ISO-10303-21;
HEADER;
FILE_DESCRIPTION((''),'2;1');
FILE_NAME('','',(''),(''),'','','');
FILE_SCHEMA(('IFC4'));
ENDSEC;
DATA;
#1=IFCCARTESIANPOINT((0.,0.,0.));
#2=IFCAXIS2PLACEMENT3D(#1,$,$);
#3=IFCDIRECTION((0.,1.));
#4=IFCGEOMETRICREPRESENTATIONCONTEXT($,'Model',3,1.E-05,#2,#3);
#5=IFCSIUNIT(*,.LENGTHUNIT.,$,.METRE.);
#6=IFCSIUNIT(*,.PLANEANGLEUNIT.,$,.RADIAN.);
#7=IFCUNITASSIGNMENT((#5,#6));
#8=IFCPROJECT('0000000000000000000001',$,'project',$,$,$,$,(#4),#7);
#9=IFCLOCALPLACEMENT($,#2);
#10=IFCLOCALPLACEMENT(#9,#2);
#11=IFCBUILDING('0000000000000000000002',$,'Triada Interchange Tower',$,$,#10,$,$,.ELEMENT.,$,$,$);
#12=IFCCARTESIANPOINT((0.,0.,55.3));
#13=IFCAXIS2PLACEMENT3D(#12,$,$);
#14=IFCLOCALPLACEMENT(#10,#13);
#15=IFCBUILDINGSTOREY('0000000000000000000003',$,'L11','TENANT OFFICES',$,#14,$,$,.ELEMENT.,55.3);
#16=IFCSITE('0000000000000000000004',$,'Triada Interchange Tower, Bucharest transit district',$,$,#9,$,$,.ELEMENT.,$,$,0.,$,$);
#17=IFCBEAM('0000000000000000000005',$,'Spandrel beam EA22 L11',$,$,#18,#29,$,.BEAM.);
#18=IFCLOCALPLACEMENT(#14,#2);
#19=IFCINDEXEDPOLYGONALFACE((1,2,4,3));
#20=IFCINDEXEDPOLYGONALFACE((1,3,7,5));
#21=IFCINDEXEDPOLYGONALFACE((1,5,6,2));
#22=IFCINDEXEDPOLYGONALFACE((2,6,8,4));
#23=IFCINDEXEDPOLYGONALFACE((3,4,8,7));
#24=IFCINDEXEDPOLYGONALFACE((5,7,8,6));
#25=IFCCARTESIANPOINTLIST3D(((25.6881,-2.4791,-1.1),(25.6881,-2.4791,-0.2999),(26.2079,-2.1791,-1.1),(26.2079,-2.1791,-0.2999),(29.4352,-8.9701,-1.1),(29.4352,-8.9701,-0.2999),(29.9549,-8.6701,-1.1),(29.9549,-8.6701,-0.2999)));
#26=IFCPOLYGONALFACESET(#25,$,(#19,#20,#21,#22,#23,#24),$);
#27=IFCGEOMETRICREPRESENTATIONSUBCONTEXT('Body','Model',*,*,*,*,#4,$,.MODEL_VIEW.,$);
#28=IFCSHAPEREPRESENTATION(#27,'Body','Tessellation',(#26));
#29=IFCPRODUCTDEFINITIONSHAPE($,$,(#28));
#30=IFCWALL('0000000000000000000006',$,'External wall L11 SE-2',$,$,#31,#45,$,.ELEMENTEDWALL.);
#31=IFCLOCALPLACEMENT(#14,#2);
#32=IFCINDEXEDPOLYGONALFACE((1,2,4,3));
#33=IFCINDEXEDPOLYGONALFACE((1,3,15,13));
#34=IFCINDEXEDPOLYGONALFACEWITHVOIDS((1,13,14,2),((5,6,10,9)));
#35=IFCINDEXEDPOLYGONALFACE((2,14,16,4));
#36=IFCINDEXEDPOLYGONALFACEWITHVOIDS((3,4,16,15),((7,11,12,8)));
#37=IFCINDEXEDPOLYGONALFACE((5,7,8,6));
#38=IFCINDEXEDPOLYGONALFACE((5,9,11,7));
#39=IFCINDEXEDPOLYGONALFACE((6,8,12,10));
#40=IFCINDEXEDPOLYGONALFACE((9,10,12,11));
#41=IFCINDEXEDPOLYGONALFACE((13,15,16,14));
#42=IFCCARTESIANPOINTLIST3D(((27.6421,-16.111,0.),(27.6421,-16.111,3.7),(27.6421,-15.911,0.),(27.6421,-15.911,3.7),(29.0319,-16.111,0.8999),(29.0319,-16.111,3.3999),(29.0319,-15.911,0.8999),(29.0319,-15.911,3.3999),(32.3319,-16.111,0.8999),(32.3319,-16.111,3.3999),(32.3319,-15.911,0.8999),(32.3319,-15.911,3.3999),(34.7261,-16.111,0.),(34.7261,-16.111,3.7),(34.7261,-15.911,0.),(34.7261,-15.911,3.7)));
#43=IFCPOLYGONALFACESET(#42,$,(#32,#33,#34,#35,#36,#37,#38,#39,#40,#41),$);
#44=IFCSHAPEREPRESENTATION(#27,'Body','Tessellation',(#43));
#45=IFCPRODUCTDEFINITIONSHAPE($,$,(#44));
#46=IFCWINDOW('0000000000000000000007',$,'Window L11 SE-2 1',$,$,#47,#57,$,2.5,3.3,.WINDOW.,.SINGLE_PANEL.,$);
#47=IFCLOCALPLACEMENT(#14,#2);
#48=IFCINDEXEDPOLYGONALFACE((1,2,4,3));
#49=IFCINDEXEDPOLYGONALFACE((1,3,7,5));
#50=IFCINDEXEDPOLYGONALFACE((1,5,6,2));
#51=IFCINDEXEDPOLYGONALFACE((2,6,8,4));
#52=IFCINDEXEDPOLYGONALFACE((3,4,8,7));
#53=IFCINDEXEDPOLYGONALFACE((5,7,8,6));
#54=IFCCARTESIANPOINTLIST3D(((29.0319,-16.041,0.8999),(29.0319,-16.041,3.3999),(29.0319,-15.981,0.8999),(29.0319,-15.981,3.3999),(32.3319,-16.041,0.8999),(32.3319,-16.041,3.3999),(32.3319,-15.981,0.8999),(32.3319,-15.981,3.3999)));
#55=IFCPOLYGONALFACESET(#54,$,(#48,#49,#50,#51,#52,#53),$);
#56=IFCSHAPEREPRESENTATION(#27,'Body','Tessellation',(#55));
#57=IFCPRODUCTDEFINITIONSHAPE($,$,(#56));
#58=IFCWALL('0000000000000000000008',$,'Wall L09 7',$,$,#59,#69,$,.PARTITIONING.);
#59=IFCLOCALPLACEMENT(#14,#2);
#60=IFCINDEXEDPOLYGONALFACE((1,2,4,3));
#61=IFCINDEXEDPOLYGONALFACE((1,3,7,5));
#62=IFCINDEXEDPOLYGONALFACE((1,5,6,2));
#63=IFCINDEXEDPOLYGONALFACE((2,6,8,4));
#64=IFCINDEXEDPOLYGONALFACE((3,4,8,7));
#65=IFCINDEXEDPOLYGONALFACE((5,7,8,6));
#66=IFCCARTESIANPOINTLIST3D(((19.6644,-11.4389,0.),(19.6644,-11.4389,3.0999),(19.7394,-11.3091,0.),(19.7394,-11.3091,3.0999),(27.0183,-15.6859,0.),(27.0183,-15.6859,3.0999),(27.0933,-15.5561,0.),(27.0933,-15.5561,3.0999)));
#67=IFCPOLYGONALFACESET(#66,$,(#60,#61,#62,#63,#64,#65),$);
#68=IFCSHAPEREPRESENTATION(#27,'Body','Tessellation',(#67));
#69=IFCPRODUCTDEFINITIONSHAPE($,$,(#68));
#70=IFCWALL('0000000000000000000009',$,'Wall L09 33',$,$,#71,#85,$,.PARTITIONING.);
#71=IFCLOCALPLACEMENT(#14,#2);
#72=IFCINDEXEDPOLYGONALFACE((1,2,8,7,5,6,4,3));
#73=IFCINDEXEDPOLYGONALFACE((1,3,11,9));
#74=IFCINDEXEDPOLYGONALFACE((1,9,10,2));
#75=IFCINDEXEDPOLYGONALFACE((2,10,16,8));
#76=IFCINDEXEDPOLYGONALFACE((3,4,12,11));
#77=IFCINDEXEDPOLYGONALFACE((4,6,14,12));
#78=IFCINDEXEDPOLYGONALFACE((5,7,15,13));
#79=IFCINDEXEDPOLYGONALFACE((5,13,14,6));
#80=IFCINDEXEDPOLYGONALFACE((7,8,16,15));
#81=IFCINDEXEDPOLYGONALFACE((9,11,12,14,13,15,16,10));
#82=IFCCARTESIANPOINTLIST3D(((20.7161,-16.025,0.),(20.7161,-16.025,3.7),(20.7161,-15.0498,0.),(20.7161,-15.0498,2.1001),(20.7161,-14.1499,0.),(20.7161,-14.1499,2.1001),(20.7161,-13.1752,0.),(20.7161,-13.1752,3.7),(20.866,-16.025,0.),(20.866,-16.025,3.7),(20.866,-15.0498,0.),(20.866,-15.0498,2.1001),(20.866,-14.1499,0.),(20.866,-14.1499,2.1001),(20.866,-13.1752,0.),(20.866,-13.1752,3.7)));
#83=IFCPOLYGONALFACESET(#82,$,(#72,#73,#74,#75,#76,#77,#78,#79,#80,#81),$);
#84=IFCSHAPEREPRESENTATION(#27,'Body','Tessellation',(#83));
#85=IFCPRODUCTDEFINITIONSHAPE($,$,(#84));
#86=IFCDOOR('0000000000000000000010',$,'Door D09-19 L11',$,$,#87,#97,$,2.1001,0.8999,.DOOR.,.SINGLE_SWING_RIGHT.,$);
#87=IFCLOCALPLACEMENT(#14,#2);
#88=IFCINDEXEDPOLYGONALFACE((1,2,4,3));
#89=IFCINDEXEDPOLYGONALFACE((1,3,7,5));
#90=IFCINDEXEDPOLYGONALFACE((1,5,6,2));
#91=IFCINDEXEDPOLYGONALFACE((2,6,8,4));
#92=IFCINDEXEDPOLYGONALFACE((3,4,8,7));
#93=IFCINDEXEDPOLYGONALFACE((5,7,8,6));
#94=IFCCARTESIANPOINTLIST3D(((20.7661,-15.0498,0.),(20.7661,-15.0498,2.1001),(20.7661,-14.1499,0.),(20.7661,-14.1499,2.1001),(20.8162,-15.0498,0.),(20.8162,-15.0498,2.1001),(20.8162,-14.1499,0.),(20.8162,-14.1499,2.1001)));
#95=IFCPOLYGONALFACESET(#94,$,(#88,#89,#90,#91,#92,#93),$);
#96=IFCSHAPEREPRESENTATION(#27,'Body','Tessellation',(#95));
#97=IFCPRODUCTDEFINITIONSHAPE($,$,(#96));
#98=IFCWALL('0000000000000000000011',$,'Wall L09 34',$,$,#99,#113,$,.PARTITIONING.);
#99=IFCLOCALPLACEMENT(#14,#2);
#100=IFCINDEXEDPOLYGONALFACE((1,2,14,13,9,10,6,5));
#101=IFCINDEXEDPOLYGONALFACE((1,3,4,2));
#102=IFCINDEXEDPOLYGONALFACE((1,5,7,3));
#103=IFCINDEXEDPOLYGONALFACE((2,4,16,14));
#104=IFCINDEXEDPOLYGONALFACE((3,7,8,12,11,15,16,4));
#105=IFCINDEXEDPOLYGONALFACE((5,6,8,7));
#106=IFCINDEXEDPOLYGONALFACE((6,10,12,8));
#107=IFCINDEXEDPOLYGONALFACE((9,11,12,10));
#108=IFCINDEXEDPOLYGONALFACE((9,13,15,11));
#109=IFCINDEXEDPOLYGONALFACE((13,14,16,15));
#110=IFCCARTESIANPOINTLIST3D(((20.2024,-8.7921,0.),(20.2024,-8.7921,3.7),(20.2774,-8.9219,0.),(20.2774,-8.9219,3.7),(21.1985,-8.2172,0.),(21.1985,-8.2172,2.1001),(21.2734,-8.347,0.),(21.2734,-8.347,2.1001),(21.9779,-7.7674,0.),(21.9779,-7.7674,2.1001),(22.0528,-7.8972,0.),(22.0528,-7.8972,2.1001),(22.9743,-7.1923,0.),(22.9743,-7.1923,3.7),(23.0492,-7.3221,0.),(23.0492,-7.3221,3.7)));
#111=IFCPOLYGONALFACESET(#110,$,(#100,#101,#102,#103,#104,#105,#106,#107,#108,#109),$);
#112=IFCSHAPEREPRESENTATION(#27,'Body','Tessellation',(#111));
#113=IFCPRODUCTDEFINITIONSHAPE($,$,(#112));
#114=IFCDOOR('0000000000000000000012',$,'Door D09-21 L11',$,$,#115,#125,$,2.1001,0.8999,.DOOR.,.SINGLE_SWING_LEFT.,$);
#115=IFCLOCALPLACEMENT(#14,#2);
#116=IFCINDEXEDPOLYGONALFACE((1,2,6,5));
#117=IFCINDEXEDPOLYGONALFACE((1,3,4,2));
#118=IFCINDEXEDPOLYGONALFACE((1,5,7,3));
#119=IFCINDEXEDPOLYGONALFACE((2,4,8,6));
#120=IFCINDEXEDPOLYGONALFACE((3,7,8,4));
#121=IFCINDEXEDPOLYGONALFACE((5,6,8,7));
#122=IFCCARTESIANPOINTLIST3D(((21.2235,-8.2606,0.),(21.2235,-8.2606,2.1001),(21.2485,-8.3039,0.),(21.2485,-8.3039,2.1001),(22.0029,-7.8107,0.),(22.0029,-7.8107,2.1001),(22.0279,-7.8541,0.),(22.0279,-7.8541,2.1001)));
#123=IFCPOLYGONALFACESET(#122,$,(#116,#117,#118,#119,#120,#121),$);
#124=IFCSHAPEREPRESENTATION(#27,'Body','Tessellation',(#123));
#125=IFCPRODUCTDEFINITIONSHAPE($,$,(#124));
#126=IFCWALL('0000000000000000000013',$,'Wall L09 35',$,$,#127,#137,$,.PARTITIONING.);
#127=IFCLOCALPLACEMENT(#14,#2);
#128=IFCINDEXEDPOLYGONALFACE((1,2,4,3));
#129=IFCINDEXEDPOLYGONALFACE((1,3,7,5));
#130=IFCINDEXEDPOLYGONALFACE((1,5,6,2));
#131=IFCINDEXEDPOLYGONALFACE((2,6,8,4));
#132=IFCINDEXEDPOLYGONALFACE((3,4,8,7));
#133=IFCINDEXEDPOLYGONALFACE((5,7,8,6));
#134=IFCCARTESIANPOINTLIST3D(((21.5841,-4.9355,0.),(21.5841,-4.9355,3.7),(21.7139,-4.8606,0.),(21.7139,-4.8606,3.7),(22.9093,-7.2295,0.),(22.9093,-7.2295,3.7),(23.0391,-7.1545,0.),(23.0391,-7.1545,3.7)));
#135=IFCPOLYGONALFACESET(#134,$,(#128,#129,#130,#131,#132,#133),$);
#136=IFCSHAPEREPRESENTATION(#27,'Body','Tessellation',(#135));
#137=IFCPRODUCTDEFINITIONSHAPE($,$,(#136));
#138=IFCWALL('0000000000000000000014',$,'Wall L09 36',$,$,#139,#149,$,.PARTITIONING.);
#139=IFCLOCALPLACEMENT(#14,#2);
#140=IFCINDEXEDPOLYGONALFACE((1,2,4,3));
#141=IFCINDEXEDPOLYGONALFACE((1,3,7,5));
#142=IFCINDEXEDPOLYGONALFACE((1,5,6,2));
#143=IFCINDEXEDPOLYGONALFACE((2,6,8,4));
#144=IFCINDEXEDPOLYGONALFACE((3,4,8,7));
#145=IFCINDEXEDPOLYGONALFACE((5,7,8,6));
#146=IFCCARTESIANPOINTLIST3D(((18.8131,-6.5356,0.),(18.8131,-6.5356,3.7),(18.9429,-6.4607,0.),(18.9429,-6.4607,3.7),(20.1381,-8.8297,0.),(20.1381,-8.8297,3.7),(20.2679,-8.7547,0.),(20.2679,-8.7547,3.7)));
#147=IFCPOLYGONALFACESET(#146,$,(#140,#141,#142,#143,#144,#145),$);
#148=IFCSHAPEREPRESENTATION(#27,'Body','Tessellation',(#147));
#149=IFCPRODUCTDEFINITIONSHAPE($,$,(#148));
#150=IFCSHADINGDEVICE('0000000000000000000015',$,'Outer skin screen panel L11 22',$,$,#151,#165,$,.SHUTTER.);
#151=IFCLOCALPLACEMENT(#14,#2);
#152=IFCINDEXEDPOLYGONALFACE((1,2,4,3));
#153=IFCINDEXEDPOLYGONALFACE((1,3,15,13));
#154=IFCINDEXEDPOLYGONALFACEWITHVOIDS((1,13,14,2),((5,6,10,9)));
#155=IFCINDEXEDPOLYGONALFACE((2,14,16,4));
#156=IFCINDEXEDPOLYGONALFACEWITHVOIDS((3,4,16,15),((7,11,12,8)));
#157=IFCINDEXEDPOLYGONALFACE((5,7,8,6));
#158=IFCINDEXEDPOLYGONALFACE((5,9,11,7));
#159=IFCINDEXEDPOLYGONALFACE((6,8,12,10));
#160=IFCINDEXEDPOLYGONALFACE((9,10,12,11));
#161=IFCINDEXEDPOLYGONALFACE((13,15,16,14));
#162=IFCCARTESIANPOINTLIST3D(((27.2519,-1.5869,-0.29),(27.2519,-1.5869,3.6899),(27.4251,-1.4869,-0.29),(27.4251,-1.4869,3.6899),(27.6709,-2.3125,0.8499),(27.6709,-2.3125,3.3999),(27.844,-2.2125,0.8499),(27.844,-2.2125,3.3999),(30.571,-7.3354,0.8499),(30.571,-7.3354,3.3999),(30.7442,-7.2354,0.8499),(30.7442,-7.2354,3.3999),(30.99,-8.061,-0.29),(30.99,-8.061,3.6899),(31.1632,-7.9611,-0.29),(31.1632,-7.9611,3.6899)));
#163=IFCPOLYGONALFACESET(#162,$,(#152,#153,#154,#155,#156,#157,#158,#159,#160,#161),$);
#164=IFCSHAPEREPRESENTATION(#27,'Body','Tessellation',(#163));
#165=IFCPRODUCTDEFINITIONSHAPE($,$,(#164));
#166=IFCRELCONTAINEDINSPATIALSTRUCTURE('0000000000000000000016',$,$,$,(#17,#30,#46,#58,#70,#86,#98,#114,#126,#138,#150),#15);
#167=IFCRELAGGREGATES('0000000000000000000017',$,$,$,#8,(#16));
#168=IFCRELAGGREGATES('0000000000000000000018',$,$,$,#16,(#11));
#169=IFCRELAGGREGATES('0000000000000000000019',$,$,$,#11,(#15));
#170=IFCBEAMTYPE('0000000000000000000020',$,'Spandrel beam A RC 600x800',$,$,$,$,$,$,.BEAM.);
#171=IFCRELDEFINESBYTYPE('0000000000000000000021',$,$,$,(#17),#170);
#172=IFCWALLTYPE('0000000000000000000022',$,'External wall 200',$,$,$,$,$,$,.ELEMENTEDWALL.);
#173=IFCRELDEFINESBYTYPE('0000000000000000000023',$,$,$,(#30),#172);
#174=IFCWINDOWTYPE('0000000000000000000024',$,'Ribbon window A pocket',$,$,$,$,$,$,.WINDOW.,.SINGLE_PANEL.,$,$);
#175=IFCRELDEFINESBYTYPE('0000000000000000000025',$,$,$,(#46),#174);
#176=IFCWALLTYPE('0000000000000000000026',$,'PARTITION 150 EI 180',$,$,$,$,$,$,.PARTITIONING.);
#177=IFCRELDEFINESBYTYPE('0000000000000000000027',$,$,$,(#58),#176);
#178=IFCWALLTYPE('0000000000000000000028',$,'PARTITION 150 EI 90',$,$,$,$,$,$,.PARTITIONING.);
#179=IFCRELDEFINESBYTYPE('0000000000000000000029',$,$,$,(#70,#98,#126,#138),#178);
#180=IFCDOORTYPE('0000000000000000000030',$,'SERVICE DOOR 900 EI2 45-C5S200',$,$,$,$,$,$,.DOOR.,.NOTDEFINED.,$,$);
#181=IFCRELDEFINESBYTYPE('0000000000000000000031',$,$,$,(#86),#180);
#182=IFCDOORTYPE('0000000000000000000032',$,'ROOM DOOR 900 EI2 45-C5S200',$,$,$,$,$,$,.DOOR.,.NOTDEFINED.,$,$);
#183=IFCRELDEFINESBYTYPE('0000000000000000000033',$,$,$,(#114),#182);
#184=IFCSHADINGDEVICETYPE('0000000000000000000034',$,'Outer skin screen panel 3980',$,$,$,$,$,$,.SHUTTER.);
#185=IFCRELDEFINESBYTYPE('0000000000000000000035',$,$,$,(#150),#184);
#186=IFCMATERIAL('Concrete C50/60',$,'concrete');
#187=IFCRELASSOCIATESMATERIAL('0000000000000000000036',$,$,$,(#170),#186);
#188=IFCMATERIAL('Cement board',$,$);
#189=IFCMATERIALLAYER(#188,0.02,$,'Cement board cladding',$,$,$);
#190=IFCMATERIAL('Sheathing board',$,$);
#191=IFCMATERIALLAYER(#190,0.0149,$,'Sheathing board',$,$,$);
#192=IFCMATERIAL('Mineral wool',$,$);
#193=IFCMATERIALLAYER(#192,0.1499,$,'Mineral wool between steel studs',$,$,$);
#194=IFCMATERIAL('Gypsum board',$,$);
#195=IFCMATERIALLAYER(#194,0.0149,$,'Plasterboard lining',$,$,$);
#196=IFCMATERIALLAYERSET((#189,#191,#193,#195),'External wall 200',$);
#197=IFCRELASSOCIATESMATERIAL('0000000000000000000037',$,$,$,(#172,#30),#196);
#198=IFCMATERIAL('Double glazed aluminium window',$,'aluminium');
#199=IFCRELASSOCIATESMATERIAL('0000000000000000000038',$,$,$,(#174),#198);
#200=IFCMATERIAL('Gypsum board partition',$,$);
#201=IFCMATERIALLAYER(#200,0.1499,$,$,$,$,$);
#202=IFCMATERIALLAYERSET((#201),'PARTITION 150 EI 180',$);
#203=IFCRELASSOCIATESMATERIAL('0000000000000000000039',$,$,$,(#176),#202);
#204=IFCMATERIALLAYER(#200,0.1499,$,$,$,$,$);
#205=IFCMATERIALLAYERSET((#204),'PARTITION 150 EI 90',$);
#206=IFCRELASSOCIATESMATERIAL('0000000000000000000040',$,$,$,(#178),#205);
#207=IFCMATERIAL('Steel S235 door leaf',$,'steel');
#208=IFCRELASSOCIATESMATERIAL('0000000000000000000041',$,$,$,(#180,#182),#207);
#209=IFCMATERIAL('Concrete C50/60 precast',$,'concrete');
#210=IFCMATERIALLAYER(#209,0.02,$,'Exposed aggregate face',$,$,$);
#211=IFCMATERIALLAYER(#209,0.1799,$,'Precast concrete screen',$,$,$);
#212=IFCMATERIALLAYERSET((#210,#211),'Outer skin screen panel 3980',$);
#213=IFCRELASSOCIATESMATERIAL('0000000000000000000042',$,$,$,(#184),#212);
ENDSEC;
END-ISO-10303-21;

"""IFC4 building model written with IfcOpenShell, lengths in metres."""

from ifc_helpers import new_model, si_unit, direction, frame, frame_2d, origin, origin_2d, place, context, subcontext, project, spatial, polyline, rectangle, outline, extrude, material, layer, layer_set, layer_usage, material_profile, profile_set, type_object, element, fill, save


model = new_model("IFC4")

# Units and contexts
model_context = context("Model", 3, precision=1e-05, world=origin(), true_north=direction((0.0, 1.0)))
body_context = subcontext(model_context, "Body", "Model", "MODEL_VIEW")
ifc_project = project(units=[si_unit("LENGTHUNIT", "METRE"), si_unit("PLANEANGLEUNIT", "RADIAN")], contexts=[model_context])

# Site, building, storey
site_placement = place(None, origin())
site = spatial("IfcSite", under=ifc_project, at=site_placement, Name="Triada Interchange Tower, Bucharest transit district", CompositionType="ELEMENT", RefElevation=0.0)
building_placement = place(site_placement, origin())
building = spatial("IfcBuilding", under=site, at=building_placement, Name="Triada Interchange Tower", CompositionType="ELEMENT")
storey_placement = place(building_placement, frame((0.0, 0.0, 55.3)))
storey = spatial("IfcBuildingStorey", under=building, at=storey_placement, Name="L11", Description="TENANT OFFICES", CompositionType="ELEMENT", Elevation=55.3)

# Beam
ifc_material_1 = material(Name="Concrete C50/60", Category="concrete")
ifc_material_profile_1 = material_profile(ifc_material_1, rectangle(XDim=0.6001, YDim=0.8, at=origin_2d()), Name="RC 600x800")
ifc_profile_set_1 = profile_set([ifc_material_profile_1], Name="Concrete C50/60")
beam_type_1 = type_object("IfcBeamType", Name="Spandrel beam A RC 600x800", PredefinedType="BEAM", material=ifc_profile_set_1)
beam_1_placement = place(storey_placement, frame((29.6951, -8.8201, -0.7), z_axis=(-0.499951, 0.866054, 0.0), x_axis=(-0.866054, -0.499951, 0.0)))
element("IfcBeam", 1, at=beam_1_placement, inside=storey, type_object=beam_type_1, Name="Spandrel beam EA22 L11", PredefinedType="BEAM", context=body_context, shape_type="SweptSolid", body=[
    extrude(rectangle(XDim=0.6001, YDim=0.8, at=origin_2d()), origin(), (0.0, 0.0, 1.0), 7.4949),
])

# Wall, opening, window
ifc_material_2 = material(Name="Cement board")
ifc_layer_1 = layer(ifc_material_2, 0.02, Name="Cement board cladding")
ifc_material_3 = material(Name="Sheathing board")
ifc_layer_2 = layer(ifc_material_3, 0.0149, Name="Sheathing board")
ifc_material_4 = material(Name="Mineral wool")
ifc_layer_3 = layer(ifc_material_4, 0.1499, Name="Mineral wool between steel studs")
ifc_material_5 = material(Name="Gypsum board")
ifc_layer_4 = layer(ifc_material_5, 0.0149, Name="Plasterboard lining")
ifc_layer_set_1 = layer_set([ifc_layer_1, ifc_layer_2, ifc_layer_3, ifc_layer_4], Name="External wall 200")
ifc_layer_usage = layer_usage(ifc_layer_set_1, "AXIS2", "POSITIVE", -0.1001)
wall_type_1 = type_object("IfcWallType", Name="External wall 200", PredefinedType="ELEMENTEDWALL", material=ifc_layer_set_1)
wall_1_placement = place(storey_placement, frame((27.6421, -16.011, 0.0), z_axis=(0.0, 0.0, 1.0), x_axis=(1.0, 0.0, 0.0)))
wall_1 = element("IfcWall", 2, at=wall_1_placement, inside=storey, type_object=wall_type_1, material=ifc_layer_usage, Name="External wall L11 SE-2", PredefinedType="ELEMENTEDWALL", context=body_context, shape_type="SweptSolid", body=[
    extrude(rectangle(XDim=7.084, YDim=0.2, at=frame_2d((3.542, 0.0))), origin(), (0.0, 0.0, 1.0), 3.7),
])
opening_1_placement = place(wall_1_placement, frame((1.3899, 0.0, 0.8999)))
opening_1 = element("IfcOpeningElement", 3, at=opening_1_placement, cuts=wall_1, PredefinedType="OPENING", context=body_context, shape_type="SweptSolid", body=[
    extrude(rectangle(XDim=3.3, YDim=2.5, at=frame_2d((1.6499, 1.25))), frame((0.0, 0.1099, 0.0), z_axis=(0.0, -1.0, 0.0), x_axis=(1.0, 0.0, 0.0)), (0.0, 0.0, 1.0), 0.22),
])
ifc_material_6 = material(Name="Double glazed aluminium window", Category="aluminium")
window_type = type_object("IfcWindowType", Name="Ribbon window A pocket", PartitioningType="SINGLE_PANEL", PredefinedType="WINDOW", material=ifc_material_6)
window_placement = place(opening_1_placement, origin())
window = element("IfcWindow", 4, at=window_placement, inside=storey, type_object=window_type, Name="Window L11 SE-2 1", OverallHeight=2.5, OverallWidth=3.3, PartitioningType="SINGLE_PANEL", PredefinedType="WINDOW", context=body_context, shape_type="SweptSolid", body=[
    extrude(rectangle(XDim=3.3, YDim=2.5, at=frame_2d((1.6499, 1.25))), frame((0.0, 0.03, 0.0), z_axis=(0.0, -1.0, 0.0), x_axis=(1.0, 0.0, 0.0)), (0.0, 0.0, 1.0), 0.0601),
])
fill(opening_1, window)

# Wall
ifc_material_7 = material(Name="Gypsum board partition")
ifc_layer_5 = layer(ifc_material_7, 0.1499)
ifc_layer_set_2 = layer_set([ifc_layer_5], Name="PARTITION 150 EI 180")
wall_type_2 = type_object("IfcWallType", Name="PARTITION 150 EI 180", PredefinedType="PARTITIONING", material=ifc_layer_set_2)
wall_2_placement = place(storey_placement, frame((19.7019, -11.374, 0.0), z_axis=(0.0, 0.0, 1.0), x_axis=(0.865962, -0.500109, 0.0)))
element("IfcWall", 5, at=wall_2_placement, inside=storey, type_object=wall_type_2, Name="Wall L09 7", PredefinedType="PARTITIONING", context=body_context, shape_type="SweptSolid", body=[
    extrude(rectangle(XDim=8.4922, YDim=0.1499, at=frame_2d((4.2461, 0.0))), origin(), (0.0, 0.0, 1.0), 3.0999),
])

# Walls, openings, doors
ifc_layer_6 = layer(ifc_material_7, 0.1499)
ifc_layer_set_3 = layer_set([ifc_layer_6], Name="PARTITION 150 EI 90")
wall_type_3 = type_object("IfcWallType", Name="PARTITION 150 EI 90", PredefinedType="PARTITIONING", material=ifc_layer_set_3)
wall_3_placement = place(storey_placement, frame((20.791, -16.0249, 0.0), z_axis=(0.0, 0.0, 1.0), x_axis=(0.0, 1.0, 0.0)))
wall_3 = element("IfcWall", 6, at=wall_3_placement, inside=storey, type_object=wall_type_3, Name="Wall L09 33", PredefinedType="PARTITIONING", context=body_context, shape_type="SweptSolid", body=[
    extrude(rectangle(XDim=2.8499, YDim=0.1499, at=frame_2d((1.4248, 0.0))), origin(), (0.0, 0.0, 1.0), 3.7),
])
opening_2_placement = place(wall_3_placement, frame((0.9751, 0.0, 0.0)))
opening_2 = element("IfcOpeningElement", 7, at=opening_2_placement, cuts=wall_3, PredefinedType="OPENING", context=body_context, shape_type="SweptSolid", body=[
    extrude(rectangle(XDim=0.8999, YDim=2.1001, at=frame_2d((0.45, 1.05))), frame((0.0, 0.085, 0.0), z_axis=(0.0, -1.0, 0.0), x_axis=(1.0, 0.0, 0.0)), (0.0, 0.0, 1.0), 0.1699),
])
ifc_material_8 = material(Name="Steel S235 door leaf", Category="steel")
door_type_1 = type_object("IfcDoorType", Name="SERVICE DOOR 900 EI2 45-C5S200", OperationType="NOTDEFINED", PredefinedType="DOOR", material=ifc_material_8)
door_1_placement = place(opening_2_placement, origin())
door_1 = element("IfcDoor", 8, at=door_1_placement, inside=storey, type_object=door_type_1, Name="Door D09-19 L11", OperationType="SINGLE_SWING_RIGHT", OverallHeight=2.1001, OverallWidth=0.8999, PredefinedType="DOOR", context=body_context, shape_type="SweptSolid", body=[
    extrude(rectangle(XDim=0.8999, YDim=2.1001, at=frame_2d((0.45, 1.05))), frame((0.0, 0.0249, 0.0), z_axis=(0.0, -1.0, 0.0), x_axis=(1.0, 0.0, 0.0)), (0.0, 0.0, 1.0), 0.05),
])
fill(opening_2, door_1)
wall_4_placement = place(storey_placement, frame((20.24, -8.8569, 0.0), z_axis=(0.0, 0.0, 1.0), x_axis=(0.866099, 0.499872, 0.0)))
wall_4 = element("IfcWall", 9, at=wall_4_placement, inside=storey, type_object=wall_type_3, Name="Wall L09 34", PredefinedType="PARTITIONING", context=body_context, shape_type="SweptSolid", body=[
    extrude(rectangle(XDim=3.2004, YDim=0.1499, at=frame_2d((1.6001, 0.0))), origin(), (0.0, 0.0, 1.0), 3.7),
])
opening_3_placement = place(wall_4_placement, frame((1.1499, 0.0, 0.0)))
opening_3 = element("IfcOpeningElement", 10, at=opening_3_placement, cuts=wall_4, PredefinedType="OPENING", context=body_context, shape_type="SweptSolid", body=[
    extrude(rectangle(XDim=0.8999, YDim=2.1001, at=frame_2d((0.45, 1.05))), frame((0.0, 0.085, 0.0), z_axis=(0.0, -1.0, 0.0), x_axis=(1.0, 0.0, 0.0)), (0.0, 0.0, 1.0), 0.1699),
])
door_type_2 = type_object("IfcDoorType", Name="ROOM DOOR 900 EI2 45-C5S200", OperationType="NOTDEFINED", PredefinedType="DOOR", material=ifc_material_8)
door_2_placement = place(opening_3_placement, origin())
door_2 = element("IfcDoor", 11, at=door_2_placement, inside=storey, type_object=door_type_2, Name="Door D09-21 L11", OperationType="SINGLE_SWING_LEFT", OverallHeight=2.1001, OverallWidth=0.8999, PredefinedType="DOOR", context=body_context, shape_type="SweptSolid", body=[
    extrude(rectangle(XDim=0.8999, YDim=2.1001, at=frame_2d((0.45, 1.05))), frame((0.0, 0.0249, 0.0), z_axis=(0.0, -1.0, 0.0), x_axis=(1.0, 0.0, 0.0)), (0.0, 0.0, 1.0), 0.05),
])
fill(opening_3, door_2)

# Walls
for number, where, z_axis, x_axis, name in (
    (12, (21.6489, -4.8979, 0.0), (0.0, 0.0, 1.0), (0.500222, -0.865897, 0.0), "Wall L09 35"),
    (13, (18.8779, -6.498, 0.0), (0.0, 0.0, 1.0), (0.500153, -0.865937, 0.0), "Wall L09 36"),
):
    element("IfcWall", number, at=place(storey_placement, frame(where, z_axis=z_axis, x_axis=x_axis)), inside=storey, type_object=wall_type_3, Name=name, PredefinedType="PARTITIONING", context=body_context, shape_type="SweptSolid", body=[
        extrude(rectangle(XDim=2.6492, YDim=0.1499, at=frame_2d((1.3247, 0.0))), origin(), (0.0, 0.0, 1.0), 3.7),
    ])

# Shading device
ifc_material_9 = material(Name="Concrete C50/60 precast", Category="concrete")
ifc_layer_7 = layer(ifc_material_9, 0.02, Name="Exposed aggregate face")
ifc_layer_8 = layer(ifc_material_9, 0.1799, Name="Precast concrete screen")
ifc_layer_set_4 = layer_set([ifc_layer_7, ifc_layer_8], Name="Outer skin screen panel 3980")
shading_device_type = type_object("IfcShadingDeviceType", Name="Outer skin screen panel 3980", PredefinedType="SHUTTER", material=ifc_layer_set_4)
shading_device_placement = place(storey_placement, frame((30.99, -8.061, -0.29), z_axis=(0.0, 0.0, 1.0), x_axis=(-0.50002, 0.866014, 0.0)))
element("IfcShadingDevice", 14, at=shading_device_placement, inside=storey, type_object=shading_device_type, Name="Outer skin screen panel L11 22", PredefinedType="SHUTTER", context=body_context, shape_type="SweptSolid", body=[
    extrude(outline(polyline([(0.0, 0.0), (7.4758, 0.0), (7.4758, 3.98), (0.0, 3.98), (0.0, 0.0)]), holes=[polyline([(0.8379, 1.1399), (0.8379, 3.6899), (6.6379, 3.6899), (6.6379, 1.1399), (0.8379, 1.1399)])]), frame((0.0, 0.0, 0.0), z_axis=(0.0, -1.0, 0.0), x_axis=(1.0, 0.0, 0.0)), (0.0, 0.0, 1.0), 0.2),
])

save(model, "model.ifc")
